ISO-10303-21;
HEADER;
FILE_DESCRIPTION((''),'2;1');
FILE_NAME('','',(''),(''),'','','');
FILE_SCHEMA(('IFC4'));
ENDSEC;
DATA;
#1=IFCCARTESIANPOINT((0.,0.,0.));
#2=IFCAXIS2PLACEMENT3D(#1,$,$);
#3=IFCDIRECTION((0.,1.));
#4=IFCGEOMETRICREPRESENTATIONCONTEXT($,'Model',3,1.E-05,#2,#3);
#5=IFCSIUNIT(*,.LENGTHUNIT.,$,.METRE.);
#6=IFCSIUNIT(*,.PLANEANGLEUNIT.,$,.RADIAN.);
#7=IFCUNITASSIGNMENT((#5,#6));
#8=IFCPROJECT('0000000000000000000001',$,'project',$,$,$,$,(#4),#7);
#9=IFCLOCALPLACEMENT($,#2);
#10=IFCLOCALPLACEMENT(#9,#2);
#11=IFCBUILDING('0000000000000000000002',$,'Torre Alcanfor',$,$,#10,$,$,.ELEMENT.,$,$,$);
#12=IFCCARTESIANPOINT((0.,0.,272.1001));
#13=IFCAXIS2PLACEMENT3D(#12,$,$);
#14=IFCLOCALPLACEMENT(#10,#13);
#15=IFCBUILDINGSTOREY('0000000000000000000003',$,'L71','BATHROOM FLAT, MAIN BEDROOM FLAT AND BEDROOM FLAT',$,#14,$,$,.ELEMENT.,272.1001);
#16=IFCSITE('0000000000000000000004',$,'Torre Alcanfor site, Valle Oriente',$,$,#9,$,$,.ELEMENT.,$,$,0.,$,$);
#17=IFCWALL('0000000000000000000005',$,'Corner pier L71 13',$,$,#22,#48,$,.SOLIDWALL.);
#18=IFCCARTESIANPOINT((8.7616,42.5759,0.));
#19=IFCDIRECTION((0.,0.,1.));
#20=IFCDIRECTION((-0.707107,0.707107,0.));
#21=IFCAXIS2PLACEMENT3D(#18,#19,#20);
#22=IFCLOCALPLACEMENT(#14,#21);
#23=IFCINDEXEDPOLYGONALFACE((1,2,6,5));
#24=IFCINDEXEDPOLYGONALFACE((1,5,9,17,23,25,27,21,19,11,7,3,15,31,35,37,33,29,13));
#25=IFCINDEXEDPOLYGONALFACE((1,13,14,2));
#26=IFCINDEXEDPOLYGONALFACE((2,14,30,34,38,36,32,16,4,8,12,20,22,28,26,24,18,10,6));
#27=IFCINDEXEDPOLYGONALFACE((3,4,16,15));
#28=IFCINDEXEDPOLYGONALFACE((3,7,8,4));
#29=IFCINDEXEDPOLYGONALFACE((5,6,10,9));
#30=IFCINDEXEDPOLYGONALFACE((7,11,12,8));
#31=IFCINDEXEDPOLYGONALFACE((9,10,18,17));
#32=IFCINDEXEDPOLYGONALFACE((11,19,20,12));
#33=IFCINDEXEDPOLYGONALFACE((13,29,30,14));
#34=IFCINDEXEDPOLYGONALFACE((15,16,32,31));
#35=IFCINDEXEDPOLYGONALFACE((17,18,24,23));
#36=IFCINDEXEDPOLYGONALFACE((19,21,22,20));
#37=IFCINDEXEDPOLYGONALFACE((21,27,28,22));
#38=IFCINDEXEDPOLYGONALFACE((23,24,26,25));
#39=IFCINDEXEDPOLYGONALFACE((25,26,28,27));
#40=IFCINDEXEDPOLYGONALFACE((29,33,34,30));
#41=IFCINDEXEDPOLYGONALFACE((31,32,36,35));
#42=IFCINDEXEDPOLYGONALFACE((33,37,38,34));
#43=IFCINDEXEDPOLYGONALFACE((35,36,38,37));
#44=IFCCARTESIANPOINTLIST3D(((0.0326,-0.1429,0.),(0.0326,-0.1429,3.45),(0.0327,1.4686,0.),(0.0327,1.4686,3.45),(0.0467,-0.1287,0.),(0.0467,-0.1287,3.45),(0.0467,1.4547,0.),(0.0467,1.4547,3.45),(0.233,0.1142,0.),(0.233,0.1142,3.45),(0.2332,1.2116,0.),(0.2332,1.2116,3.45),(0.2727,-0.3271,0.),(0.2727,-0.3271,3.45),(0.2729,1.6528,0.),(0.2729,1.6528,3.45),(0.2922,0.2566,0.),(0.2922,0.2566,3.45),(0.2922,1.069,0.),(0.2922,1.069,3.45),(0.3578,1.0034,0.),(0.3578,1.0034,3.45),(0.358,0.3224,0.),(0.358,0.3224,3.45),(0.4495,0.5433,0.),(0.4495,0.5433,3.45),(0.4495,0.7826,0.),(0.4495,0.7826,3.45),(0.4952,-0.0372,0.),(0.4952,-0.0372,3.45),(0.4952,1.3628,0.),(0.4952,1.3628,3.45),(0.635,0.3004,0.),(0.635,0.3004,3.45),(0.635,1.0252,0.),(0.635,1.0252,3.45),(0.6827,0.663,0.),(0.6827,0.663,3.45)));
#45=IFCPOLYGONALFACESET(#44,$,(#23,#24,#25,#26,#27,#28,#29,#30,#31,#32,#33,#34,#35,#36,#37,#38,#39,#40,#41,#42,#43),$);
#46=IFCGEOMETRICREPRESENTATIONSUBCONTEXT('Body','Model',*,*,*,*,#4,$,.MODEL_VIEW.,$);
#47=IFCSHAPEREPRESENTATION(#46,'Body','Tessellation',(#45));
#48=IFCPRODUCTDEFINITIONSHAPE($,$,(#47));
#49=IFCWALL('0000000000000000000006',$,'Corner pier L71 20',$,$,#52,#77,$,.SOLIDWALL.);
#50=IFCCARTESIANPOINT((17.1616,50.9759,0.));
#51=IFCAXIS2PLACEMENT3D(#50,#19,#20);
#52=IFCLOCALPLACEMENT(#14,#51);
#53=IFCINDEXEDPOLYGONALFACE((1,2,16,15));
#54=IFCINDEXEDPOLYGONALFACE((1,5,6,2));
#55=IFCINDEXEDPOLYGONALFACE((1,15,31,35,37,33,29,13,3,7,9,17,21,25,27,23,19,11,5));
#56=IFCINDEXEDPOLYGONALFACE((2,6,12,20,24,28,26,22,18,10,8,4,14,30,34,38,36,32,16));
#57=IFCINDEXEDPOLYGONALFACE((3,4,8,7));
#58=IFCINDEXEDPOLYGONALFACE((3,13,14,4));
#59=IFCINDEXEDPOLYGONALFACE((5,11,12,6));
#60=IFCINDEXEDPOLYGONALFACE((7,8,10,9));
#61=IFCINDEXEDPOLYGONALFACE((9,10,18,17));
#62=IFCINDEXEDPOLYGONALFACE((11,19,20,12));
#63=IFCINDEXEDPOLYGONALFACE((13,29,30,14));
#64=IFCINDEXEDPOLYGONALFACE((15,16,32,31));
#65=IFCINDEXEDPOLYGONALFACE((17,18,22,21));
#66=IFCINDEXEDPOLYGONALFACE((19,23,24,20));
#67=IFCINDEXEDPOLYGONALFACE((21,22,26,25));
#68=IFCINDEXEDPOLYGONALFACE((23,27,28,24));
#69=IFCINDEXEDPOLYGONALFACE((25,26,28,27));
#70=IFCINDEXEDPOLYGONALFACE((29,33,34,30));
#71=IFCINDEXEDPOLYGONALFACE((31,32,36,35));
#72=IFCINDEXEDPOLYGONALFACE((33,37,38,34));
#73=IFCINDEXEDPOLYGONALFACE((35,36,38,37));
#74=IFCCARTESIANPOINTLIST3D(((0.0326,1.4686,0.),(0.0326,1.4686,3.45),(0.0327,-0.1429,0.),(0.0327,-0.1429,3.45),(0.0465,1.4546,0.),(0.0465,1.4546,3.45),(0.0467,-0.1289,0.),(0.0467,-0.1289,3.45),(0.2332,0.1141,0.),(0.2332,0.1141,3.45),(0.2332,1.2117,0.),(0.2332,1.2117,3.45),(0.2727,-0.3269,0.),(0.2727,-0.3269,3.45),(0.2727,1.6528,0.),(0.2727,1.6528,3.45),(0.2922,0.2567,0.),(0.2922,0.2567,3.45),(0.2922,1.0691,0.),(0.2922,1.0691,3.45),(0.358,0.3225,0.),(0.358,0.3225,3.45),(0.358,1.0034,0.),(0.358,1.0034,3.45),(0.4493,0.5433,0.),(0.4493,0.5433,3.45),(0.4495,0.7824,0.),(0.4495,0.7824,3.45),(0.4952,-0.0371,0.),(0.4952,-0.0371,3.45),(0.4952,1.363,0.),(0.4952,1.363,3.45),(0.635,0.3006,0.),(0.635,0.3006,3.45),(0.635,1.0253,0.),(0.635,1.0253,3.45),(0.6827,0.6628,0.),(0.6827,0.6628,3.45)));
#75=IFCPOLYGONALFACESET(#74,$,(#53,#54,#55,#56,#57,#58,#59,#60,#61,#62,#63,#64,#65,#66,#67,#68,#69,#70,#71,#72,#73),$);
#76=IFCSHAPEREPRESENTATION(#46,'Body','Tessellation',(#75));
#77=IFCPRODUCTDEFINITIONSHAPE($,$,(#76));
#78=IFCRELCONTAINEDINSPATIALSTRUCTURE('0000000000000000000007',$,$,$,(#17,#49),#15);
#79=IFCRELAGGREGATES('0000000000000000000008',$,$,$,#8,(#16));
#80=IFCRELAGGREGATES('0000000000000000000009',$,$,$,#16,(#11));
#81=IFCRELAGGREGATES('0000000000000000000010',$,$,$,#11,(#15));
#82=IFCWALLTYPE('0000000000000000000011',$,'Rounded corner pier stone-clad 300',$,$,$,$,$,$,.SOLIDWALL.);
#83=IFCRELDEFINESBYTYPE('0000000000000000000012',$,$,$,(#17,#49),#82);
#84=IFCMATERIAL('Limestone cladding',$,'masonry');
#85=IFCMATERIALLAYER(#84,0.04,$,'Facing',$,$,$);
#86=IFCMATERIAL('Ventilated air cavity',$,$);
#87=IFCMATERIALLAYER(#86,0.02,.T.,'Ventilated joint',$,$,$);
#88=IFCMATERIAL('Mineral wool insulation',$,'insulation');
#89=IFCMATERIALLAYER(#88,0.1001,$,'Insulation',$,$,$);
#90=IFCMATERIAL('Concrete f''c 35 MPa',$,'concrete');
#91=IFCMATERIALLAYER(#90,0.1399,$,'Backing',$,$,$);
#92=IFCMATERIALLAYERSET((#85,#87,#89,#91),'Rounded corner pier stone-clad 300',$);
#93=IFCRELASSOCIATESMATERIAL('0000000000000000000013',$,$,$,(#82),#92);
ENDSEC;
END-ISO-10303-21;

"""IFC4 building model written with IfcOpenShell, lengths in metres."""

from ifc_helpers import new_model, si_unit, direction, frame, origin, place, context, subcontext, project, spatial, polyline, outline, extrude, material, layer, layer_set, type_object, element, save


model = new_model("IFC4")

# Units and contexts
model_context = context("Model", 3, precision=1e-05, world=origin(), true_north=direction((0.0, 1.0)))
body_context = subcontext(model_context, "Body", "Model", "MODEL_VIEW")
ifc_project = project(units=[si_unit("LENGTHUNIT", "METRE"), si_unit("PLANEANGLEUNIT", "RADIAN")], contexts=[model_context])

# Site, building, storey
site_placement = place(None, origin())
site = spatial("IfcSite", under=ifc_project, at=site_placement, Name="Torre Alcanfor site, Valle Oriente", CompositionType="ELEMENT", RefElevation=0.0)
building_placement = place(site_placement, origin())
building = spatial("IfcBuilding", under=site, at=building_placement, Name="Torre Alcanfor", CompositionType="ELEMENT")
storey_placement = place(building_placement, frame((0.0, 0.0, 272.1001)))
storey = spatial("IfcBuildingStorey", under=building, at=storey_placement, Name="L71", Description="BATHROOM FLAT, MAIN BEDROOM FLAT AND BEDROOM FLAT", CompositionType="ELEMENT", Elevation=272.1001)

# Shared definitions
ifc_material_1 = material(Name="Limestone cladding", Category="masonry")
ifc_material_2 = material(Name="Ventilated air cavity")
ifc_material_3 = material(Name="Mineral wool insulation", Category="insulation")
ifc_material_4 = material(Name="Concrete f'c 35 MPa", Category="concrete")

# Walls
ifc_layer_1 = layer(ifc_material_1, 0.04, Name="Facing")
ifc_layer_2 = layer(ifc_material_2, 0.02, ventilated=True, Name="Ventilated joint")
ifc_layer_3 = layer(ifc_material_3, 0.1001, Name="Insulation")
ifc_layer_4 = layer(ifc_material_4, 0.1399, Name="Backing")
ifc_layer_set_1 = layer_set([ifc_layer_1, ifc_layer_2, ifc_layer_3, ifc_layer_4], Name="Rounded corner pier stone-clad 300")
wall_type_1 = type_object("IfcWallType", Name="Rounded corner pier stone-clad 300", PredefinedType="SOLIDWALL", material=ifc_layer_set_1)
wall_1_placement = place(storey_placement, frame((8.7616, 42.5759, 0.0), z_axis=(0.0, 0.0, 1.0), x_axis=(-0.707107, 0.707107, 0.0)))
element("IfcWall", 1, at=wall_1_placement, inside=storey, type_object=wall_type_1, Name="Corner pier L71 13", PredefinedType="SOLIDWALL", context=body_context, shape_type="SweptSolid", body=[
    extrude(outline(polyline([(0.233, 0.1142), (0.0467, -0.1287), (0.0326, -0.1429), (0.2727, -0.3271), (0.4952, -0.0372), (0.635, 0.3004), (0.6827, 0.663), (0.635, 1.0252), (0.4952, 1.3628), (0.2729, 1.6528), (0.0327, 1.4686), (0.0467, 1.4547), (0.2332, 1.2116), (0.2922, 1.069), (0.3578, 1.0034), (0.4495, 0.7826), (0.4495, 0.5433), (0.358, 0.3224), (0.2922, 0.2566), (0.233, 0.1142)])), origin(), (0.0, 0.0, 1.0), 3.45),
])
wall_2_placement = place(storey_placement, frame((17.1616, 50.9759, 0.0), z_axis=(0.0, 0.0, 1.0), x_axis=(-0.707107, 0.707107, 0.0)))
element("IfcWall", 2, at=wall_2_placement, inside=storey, type_object=wall_type_1, Name="Corner pier L71 20", PredefinedType="SOLIDWALL", context=body_context, shape_type="SweptSolid", body=[
    extrude(outline(polyline([(0.0467, -0.1289), (0.0327, -0.1429), (0.2727, -0.3269), (0.4952, -0.0371), (0.635, 0.3006), (0.6827, 0.6628), (0.635, 1.0253), (0.4952, 1.363), (0.2727, 1.6528), (0.0326, 1.4686), (0.0465, 1.4546), (0.2332, 1.2117), (0.2922, 1.0691), (0.358, 1.0034), (0.4495, 0.7824), (0.4493, 0.5433), (0.358, 0.3225), (0.2922, 0.2567), (0.2332, 0.1141), (0.0467, -0.1289)])), origin(), (0.0, 0.0, 1.0), 3.45),
])

save(model, "model.ifc")
